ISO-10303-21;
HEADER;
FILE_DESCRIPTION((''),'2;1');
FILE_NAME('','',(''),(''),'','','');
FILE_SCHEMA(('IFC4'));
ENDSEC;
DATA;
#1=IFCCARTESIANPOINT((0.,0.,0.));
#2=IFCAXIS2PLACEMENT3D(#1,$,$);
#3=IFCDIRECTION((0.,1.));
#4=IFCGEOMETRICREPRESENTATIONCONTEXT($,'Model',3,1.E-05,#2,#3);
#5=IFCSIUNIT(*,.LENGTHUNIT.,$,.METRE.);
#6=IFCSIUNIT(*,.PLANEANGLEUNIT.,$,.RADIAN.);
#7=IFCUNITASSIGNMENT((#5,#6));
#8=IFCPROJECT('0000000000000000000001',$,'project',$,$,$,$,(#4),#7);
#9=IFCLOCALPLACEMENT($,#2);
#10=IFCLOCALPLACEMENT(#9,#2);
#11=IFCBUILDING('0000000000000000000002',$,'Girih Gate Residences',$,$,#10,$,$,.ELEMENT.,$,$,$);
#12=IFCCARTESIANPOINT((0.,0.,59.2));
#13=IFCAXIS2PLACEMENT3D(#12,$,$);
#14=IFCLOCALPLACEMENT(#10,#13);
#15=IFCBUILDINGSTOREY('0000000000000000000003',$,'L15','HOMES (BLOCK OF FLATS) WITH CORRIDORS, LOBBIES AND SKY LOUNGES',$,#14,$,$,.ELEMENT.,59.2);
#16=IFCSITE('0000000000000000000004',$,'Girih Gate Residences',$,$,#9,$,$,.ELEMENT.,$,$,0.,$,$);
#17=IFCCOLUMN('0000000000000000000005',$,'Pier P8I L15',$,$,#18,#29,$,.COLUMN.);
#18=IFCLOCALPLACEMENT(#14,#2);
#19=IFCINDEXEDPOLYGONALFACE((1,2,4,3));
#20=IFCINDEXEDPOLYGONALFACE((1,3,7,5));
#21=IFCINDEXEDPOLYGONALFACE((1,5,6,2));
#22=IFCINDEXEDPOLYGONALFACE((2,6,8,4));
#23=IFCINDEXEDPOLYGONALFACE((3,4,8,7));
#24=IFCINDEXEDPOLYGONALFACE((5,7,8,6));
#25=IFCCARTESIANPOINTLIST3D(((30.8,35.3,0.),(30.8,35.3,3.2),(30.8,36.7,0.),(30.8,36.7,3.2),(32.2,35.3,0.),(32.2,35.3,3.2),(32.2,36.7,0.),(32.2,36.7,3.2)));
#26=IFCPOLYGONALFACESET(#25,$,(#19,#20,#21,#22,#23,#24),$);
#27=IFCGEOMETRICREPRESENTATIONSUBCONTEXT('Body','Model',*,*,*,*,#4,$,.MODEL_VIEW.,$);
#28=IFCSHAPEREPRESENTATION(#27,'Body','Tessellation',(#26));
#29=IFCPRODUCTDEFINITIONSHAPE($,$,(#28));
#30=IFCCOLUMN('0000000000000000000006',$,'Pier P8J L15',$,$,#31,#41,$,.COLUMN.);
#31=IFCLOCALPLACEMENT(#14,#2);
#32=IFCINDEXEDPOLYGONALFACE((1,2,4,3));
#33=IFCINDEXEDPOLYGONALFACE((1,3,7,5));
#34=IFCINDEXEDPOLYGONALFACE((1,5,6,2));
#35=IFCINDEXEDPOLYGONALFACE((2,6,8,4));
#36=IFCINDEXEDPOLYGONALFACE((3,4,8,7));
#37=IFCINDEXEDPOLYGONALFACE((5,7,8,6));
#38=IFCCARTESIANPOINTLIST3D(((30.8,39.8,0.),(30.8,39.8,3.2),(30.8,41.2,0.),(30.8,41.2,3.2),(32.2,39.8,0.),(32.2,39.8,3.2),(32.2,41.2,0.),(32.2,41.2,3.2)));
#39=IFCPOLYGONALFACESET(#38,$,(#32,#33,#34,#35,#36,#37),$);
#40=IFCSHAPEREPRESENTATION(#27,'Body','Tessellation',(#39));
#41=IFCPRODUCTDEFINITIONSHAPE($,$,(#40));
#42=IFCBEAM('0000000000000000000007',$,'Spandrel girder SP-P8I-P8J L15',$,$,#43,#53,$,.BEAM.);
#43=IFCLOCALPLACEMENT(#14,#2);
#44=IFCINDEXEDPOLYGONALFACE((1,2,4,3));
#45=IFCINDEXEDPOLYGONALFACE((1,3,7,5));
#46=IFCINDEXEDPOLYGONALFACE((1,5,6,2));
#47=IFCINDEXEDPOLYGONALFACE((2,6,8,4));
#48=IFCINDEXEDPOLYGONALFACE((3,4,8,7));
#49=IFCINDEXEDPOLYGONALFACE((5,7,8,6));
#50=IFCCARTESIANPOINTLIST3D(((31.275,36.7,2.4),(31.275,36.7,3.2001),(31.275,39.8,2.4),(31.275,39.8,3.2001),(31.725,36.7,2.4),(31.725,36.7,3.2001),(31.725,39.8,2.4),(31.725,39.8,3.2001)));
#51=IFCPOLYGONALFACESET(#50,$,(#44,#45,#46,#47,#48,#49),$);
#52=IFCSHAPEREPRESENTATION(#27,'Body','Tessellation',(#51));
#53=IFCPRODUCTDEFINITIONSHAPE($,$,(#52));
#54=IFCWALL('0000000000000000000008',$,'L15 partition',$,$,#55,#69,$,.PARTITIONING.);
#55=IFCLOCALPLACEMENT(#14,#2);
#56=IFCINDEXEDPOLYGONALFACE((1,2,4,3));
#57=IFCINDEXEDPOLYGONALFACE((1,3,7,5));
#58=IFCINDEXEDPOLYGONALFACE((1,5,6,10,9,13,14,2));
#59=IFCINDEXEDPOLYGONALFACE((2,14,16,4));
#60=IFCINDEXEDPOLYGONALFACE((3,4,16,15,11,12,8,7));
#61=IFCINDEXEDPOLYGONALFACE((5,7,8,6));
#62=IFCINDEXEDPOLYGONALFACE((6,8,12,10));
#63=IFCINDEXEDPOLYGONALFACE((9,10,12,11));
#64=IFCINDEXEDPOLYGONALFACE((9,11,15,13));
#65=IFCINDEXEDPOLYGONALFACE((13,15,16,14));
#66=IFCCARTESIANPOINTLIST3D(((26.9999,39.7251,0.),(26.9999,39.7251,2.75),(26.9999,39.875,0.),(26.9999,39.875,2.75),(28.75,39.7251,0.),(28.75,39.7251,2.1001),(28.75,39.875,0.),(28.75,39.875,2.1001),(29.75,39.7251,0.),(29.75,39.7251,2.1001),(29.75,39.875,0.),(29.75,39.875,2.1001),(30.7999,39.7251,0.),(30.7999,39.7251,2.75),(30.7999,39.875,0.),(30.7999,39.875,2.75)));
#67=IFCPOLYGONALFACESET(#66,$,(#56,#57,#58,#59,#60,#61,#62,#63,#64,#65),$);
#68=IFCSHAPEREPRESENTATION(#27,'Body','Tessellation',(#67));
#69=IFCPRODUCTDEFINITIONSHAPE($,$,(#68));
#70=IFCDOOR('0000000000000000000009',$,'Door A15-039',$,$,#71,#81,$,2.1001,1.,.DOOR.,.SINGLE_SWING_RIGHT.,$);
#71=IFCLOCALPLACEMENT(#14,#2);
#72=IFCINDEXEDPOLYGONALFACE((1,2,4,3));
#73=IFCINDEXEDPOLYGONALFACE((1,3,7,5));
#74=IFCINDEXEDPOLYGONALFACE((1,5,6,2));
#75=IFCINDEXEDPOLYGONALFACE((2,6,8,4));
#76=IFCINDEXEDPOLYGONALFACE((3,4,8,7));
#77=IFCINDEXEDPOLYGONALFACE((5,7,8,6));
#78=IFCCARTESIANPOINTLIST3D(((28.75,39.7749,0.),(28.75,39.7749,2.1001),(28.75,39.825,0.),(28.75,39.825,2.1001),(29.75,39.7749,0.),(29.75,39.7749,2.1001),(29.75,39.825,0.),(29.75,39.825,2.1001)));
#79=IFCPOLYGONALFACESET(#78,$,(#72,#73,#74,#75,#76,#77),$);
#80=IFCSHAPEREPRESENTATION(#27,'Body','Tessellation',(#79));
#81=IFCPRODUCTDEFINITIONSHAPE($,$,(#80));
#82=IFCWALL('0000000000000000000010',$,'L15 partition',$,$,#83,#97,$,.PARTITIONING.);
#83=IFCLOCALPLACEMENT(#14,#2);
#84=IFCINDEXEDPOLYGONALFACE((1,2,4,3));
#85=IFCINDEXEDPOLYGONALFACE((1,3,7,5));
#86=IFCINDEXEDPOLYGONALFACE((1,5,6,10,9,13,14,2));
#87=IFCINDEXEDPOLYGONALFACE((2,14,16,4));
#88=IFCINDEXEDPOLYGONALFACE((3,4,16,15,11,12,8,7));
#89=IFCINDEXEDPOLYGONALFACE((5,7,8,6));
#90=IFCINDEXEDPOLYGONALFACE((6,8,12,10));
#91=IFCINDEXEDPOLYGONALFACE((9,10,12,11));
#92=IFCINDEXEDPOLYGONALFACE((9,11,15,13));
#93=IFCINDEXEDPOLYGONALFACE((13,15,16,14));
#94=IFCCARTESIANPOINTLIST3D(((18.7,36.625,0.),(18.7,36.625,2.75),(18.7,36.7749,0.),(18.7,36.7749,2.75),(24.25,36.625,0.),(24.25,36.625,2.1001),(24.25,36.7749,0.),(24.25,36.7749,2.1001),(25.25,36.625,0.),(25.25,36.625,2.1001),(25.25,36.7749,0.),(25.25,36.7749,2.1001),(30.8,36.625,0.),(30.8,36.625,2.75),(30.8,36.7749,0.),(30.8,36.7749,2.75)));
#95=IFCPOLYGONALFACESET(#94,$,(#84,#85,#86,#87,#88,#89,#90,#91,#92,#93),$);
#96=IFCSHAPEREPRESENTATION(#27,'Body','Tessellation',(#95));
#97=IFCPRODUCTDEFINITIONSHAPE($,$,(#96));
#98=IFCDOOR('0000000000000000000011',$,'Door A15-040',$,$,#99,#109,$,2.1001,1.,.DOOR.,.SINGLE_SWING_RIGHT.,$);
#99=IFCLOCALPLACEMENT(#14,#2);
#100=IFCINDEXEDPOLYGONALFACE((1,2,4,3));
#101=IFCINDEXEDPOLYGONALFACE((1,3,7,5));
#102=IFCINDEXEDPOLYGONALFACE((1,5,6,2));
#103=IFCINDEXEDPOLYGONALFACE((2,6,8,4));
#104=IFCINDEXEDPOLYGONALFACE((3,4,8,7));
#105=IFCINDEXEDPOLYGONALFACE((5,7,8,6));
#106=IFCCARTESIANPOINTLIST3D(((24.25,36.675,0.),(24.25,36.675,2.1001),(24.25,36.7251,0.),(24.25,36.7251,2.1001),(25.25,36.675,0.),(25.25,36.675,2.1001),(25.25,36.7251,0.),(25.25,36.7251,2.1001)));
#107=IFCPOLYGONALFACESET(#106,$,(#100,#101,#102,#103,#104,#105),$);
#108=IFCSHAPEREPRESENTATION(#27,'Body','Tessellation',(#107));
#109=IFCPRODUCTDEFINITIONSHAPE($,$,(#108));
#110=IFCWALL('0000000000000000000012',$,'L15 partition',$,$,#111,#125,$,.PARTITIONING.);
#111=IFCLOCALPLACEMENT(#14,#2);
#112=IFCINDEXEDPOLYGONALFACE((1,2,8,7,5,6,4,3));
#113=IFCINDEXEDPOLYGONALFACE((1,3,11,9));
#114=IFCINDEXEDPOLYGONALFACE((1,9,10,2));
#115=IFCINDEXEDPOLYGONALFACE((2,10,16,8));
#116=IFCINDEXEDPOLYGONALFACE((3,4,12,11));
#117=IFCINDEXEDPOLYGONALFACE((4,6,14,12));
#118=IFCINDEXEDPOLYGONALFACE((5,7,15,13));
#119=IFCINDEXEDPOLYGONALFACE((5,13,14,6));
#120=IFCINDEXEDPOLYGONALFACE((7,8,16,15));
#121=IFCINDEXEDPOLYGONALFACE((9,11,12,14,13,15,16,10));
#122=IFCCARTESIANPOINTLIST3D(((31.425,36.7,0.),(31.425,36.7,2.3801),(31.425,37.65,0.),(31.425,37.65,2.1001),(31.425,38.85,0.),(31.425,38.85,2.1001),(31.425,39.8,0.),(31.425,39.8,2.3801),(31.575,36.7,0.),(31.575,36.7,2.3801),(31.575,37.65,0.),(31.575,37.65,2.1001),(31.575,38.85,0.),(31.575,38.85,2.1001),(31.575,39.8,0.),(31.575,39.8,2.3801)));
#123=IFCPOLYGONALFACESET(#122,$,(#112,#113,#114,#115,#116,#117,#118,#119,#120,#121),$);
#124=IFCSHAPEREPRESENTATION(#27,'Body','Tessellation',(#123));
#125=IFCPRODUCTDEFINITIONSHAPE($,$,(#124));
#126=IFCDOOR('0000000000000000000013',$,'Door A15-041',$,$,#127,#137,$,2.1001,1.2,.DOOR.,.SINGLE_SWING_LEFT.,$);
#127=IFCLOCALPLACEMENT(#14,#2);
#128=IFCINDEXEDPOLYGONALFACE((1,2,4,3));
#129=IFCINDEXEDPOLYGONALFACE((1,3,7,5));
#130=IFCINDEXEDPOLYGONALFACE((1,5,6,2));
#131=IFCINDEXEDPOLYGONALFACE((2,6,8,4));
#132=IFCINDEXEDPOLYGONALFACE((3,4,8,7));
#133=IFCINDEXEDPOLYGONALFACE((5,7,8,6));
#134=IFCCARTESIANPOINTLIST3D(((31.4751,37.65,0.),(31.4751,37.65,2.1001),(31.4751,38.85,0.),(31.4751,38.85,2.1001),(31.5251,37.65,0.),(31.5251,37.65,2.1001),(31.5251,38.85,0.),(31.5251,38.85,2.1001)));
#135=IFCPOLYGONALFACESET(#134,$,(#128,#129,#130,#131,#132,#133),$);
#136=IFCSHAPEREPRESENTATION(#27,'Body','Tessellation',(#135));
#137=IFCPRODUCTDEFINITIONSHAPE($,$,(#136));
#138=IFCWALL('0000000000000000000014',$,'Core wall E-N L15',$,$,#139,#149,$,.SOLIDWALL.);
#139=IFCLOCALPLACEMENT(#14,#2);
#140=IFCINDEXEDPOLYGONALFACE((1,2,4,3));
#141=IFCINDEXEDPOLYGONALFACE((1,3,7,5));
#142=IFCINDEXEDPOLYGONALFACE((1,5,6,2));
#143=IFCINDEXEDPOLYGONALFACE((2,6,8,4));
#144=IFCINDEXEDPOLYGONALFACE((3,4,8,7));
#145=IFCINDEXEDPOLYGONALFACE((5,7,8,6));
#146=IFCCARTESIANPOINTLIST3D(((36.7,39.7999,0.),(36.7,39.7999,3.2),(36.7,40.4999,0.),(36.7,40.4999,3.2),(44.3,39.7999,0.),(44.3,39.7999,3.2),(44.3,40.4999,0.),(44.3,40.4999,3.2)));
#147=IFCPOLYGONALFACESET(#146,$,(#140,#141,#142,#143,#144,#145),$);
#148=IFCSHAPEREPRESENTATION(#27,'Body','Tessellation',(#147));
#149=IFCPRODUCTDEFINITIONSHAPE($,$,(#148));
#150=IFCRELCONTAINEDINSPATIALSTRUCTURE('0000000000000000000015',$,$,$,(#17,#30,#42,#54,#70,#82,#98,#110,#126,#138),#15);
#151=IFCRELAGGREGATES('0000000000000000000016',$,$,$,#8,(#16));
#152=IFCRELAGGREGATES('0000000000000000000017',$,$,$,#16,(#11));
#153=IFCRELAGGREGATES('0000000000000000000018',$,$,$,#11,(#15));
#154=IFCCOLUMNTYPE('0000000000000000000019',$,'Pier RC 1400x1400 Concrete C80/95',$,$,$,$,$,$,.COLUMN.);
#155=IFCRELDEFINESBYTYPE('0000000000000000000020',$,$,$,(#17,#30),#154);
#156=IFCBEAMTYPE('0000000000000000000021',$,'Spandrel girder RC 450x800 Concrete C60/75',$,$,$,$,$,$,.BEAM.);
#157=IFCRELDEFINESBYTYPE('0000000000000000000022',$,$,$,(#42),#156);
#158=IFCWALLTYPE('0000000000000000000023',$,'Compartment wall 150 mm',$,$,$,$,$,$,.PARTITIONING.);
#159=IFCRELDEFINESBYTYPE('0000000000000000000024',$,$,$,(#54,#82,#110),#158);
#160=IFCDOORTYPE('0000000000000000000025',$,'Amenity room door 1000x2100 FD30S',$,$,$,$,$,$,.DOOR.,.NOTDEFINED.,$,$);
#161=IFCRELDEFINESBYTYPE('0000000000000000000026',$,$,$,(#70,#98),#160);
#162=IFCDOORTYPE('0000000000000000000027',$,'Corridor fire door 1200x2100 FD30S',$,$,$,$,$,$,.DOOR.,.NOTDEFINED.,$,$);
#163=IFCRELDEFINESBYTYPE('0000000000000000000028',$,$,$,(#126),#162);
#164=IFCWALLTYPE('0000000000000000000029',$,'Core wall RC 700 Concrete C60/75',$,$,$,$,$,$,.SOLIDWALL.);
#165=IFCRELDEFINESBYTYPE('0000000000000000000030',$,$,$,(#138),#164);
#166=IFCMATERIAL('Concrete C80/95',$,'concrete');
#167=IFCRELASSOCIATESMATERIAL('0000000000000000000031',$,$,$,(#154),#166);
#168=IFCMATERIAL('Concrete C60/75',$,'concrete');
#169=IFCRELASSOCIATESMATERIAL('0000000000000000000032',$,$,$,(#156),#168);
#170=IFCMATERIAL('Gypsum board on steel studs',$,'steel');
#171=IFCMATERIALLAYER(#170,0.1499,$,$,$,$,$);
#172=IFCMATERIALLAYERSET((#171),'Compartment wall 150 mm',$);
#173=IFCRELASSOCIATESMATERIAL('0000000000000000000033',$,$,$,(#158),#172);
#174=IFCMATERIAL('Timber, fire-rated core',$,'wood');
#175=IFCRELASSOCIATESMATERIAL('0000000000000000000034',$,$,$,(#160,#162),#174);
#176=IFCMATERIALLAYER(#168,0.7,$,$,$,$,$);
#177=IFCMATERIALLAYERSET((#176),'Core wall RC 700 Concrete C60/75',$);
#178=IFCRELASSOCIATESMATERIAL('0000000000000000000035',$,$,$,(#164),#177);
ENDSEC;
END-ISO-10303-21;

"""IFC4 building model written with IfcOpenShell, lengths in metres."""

from ifc_helpers import new_model, si_unit, direction, frame, frame_2d, origin, origin_2d, place, context, subcontext, project, spatial, rectangle, extrude, material, layer, layer_set, material_profile, profile_set, type_object, element, fill, save


model = new_model("IFC4")

# Units and contexts
model_context = context("Model", 3, precision=1e-05, world=origin(), true_north=direction((0.0, 1.0)))
body_context = subcontext(model_context, "Body", "Model", "MODEL_VIEW")
ifc_project = project(units=[si_unit("LENGTHUNIT", "METRE"), si_unit("PLANEANGLEUNIT", "RADIAN")], contexts=[model_context])

# Site, building, storey
site_placement = place(None, origin())
site = spatial("IfcSite", under=ifc_project, at=site_placement, Name="Girih Gate Residences", CompositionType="ELEMENT", RefElevation=0.0)
building_placement = place(site_placement, origin())
building = spatial("IfcBuilding", under=site, at=building_placement, Name="Girih Gate Residences", CompositionType="ELEMENT")
storey_placement = place(building_placement, frame((0.0, 0.0, 59.2)))
storey = spatial("IfcBuildingStorey", under=building, at=storey_placement, Name="L15", Description="HOMES (BLOCK OF FLATS) WITH CORRIDORS, LOBBIES AND SKY LOUNGES", CompositionType="ELEMENT", Elevation=59.2)

# Columns
ifc_material_1 = material(Name="Concrete C80/95", Category="concrete")
ifc_material_profile_1 = material_profile(ifc_material_1, rectangle(XDim=1.3999, YDim=1.3999, at=origin_2d()))
ifc_profile_set_1 = profile_set([ifc_material_profile_1], Name="Concrete C80/95")
column_type = type_object("IfcColumnType", Name="Pier RC 1400x1400 Concrete C80/95", PredefinedType="COLUMN", material=ifc_profile_set_1)
for number, where, z_axis, x_axis, name in (
    (1, (31.5, 36.0, 0.0), (0.0, 0.0, 1.0), (1.0, 0.0, 0.0), "Pier P8I L15"),
    (2, (31.5, 40.5, 0.0), (0.0, 0.0, 1.0), (1.0, 0.0, 0.0), "Pier P8J L15"),
):
    element("IfcColumn", number, at=place(storey_placement, frame(where, z_axis=z_axis, x_axis=x_axis)), inside=storey, type_object=column_type, Name=name, PredefinedType="COLUMN", context=body_context, shape_type="SweptSolid", body=[
        extrude(rectangle(XDim=1.3999, YDim=1.3999, at=origin_2d()), origin(), (0.0, 0.0, 1.0), 3.2),
    ])

# Beam
ifc_material_2 = material(Name="Concrete C60/75", Category="concrete")
ifc_material_profile_2 = material_profile(ifc_material_2, rectangle(XDim=0.45, YDim=0.8, at=origin_2d()))
ifc_profile_set_2 = profile_set([ifc_material_profile_2], Name="Concrete C60/75")
beam_type = type_object("IfcBeamType", Name="Spandrel girder RC 450x800 Concrete C60/75", PredefinedType="BEAM", material=ifc_profile_set_2)
beam_placement = place(storey_placement, frame((31.5, 36.7, 2.8), z_axis=(0.0, 1.0, 0.0), x_axis=(-1.0, 0.0, 0.0)))
element("IfcBeam", 3, at=beam_placement, inside=storey, type_object=beam_type, Name="Spandrel girder SP-P8I-P8J L15", PredefinedType="BEAM", context=body_context, shape_type="SweptSolid", body=[
    extrude(rectangle(XDim=0.45, YDim=0.8, at=origin_2d()), origin(), (0.0, 0.0, 1.0), 3.1001),
])

# Walls, openings, doors
ifc_material_3 = material(Name="Gypsum board on steel studs", Category="steel")
ifc_layer_1 = layer(ifc_material_3, 0.1499)
ifc_layer_set_1 = layer_set([ifc_layer_1], Name="Compartment wall 150 mm")
wall_type_1 = type_object("IfcWallType", Name="Compartment wall 150 mm", PredefinedType="PARTITIONING", material=ifc_layer_set_1)
wall_1_placement = place(storey_placement, frame((27.0, 39.8, 0.0), z_axis=(0.0, 0.0, 1.0), x_axis=(1.0, 0.0, 0.0)))
wall_1 = element("IfcWall", 4, at=wall_1_placement, inside=storey, type_object=wall_type_1, Name="L15 partition", PredefinedType="PARTITIONING", context=body_context, shape_type="SweptSolid", body=[
    extrude(rectangle(XDim=3.8, YDim=0.1499, at=frame_2d((1.8999, 0.0))), origin(), (0.0, 0.0, 1.0), 2.75),
])
opening_1_placement = place(wall_1_placement, frame((1.75, 0.0, 0.0)))
opening_1 = element("IfcOpeningElement", 5, at=opening_1_placement, cuts=wall_1, PredefinedType="OPENING", context=body_context, shape_type="SweptSolid", body=[
    extrude(rectangle(XDim=1.0, YDim=2.1001, at=frame_2d((0.5, 1.05))), frame((0.0, 0.085, 0.0), z_axis=(0.0, -1.0, 0.0), x_axis=(1.0, 0.0, 0.0)), (0.0, 0.0, 1.0), 0.1699),
])
ifc_material_4 = material(Name="Timber, fire-rated core", Category="wood")
door_type_1 = type_object("IfcDoorType", Name="Amenity room door 1000x2100 FD30S", OperationType="NOTDEFINED", PredefinedType="DOOR", material=ifc_material_4)
door_1_placement = place(opening_1_placement, origin())
door_1 = element("IfcDoor", 6, at=door_1_placement, inside=storey, type_object=door_type_1, Name="Door A15-039", OperationType="SINGLE_SWING_RIGHT", OverallHeight=2.1001, OverallWidth=1.0, PredefinedType="DOOR", context=body_context, shape_type="SweptSolid", body=[
    extrude(rectangle(XDim=1.0, YDim=2.1001, at=frame_2d((0.5, 1.05))), frame((0.0, 0.0249, 0.0), z_axis=(0.0, -1.0, 0.0), x_axis=(1.0, 0.0, 0.0)), (0.0, 0.0, 1.0), 0.05),
])
fill(opening_1, door_1)
wall_2_placement = place(storey_placement, frame((30.8, 36.7, 0.0), z_axis=(0.0, 0.0, 1.0), x_axis=(-1.0, 0.0, 0.0)))
wall_2 = element("IfcWall", 7, at=wall_2_placement, inside=storey, type_object=wall_type_1, Name="L15 partition", PredefinedType="PARTITIONING", context=body_context, shape_type="SweptSolid", body=[
    extrude(rectangle(XDim=12.1001, YDim=0.1499, at=frame_2d((6.05, 0.0))), origin(), (0.0, 0.0, 1.0), 2.75),
])
opening_2_placement = place(wall_2_placement, frame((5.55, 0.0, 0.0)))
opening_2 = element("IfcOpeningElement", 8, at=opening_2_placement, cuts=wall_2, PredefinedType="OPENING", context=body_context, shape_type="SweptSolid", body=[
    extrude(rectangle(XDim=1.0, YDim=2.1001, at=frame_2d((0.5, 1.05))), frame((0.0, 0.085, 0.0), z_axis=(0.0, -1.0, 0.0), x_axis=(1.0, 0.0, 0.0)), (0.0, 0.0, 1.0), 0.1699),
])
door_2_placement = place(opening_2_placement, origin())
door_2 = element("IfcDoor", 9, at=door_2_placement, inside=storey, type_object=door_type_1, Name="Door A15-040", OperationType="SINGLE_SWING_RIGHT", OverallHeight=2.1001, OverallWidth=1.0, PredefinedType="DOOR", context=body_context, shape_type="SweptSolid", body=[
    extrude(rectangle(XDim=1.0, YDim=2.1001, at=frame_2d((0.5, 1.05))), frame((0.0, 0.0249, 0.0), z_axis=(0.0, -1.0, 0.0), x_axis=(1.0, 0.0, 0.0)), (0.0, 0.0, 1.0), 0.05),
])
fill(opening_2, door_2)
wall_3_placement = place(storey_placement, frame((31.5, 36.7, 0.0), z_axis=(0.0, 0.0, 1.0), x_axis=(0.0, 1.0, 0.0)))
wall_3 = element("IfcWall", 10, at=wall_3_placement, inside=storey, type_object=wall_type_1, Name="L15 partition", PredefinedType="PARTITIONING", context=body_context, shape_type="SweptSolid", body=[
    extrude(rectangle(XDim=3.1001, YDim=0.1499, at=frame_2d((1.55, 0.0))), origin(), (0.0, 0.0, 1.0), 2.3801),
])
opening_3_placement = place(wall_3_placement, frame((0.95, 0.0, 0.0)))
opening_3 = element("IfcOpeningElement", 11, at=opening_3_placement, cuts=wall_3, PredefinedType="OPENING", context=body_context, shape_type="SweptSolid", body=[
    extrude(rectangle(XDim=1.2, YDim=2.1001, at=frame_2d((0.6001, 1.05))), frame((0.0, 0.085, 0.0), z_axis=(0.0, -1.0, 0.0), x_axis=(1.0, 0.0, 0.0)), (0.0, 0.0, 1.0), 0.1699),
])
door_type_2 = type_object("IfcDoorType", Name="Corridor fire door 1200x2100 FD30S", OperationType="NOTDEFINED", PredefinedType="DOOR", material=ifc_material_4)
door_3_placement = place(opening_3_placement, origin())
door_3 = element("IfcDoor", 12, at=door_3_placement, inside=storey, type_object=door_type_2, Name="Door A15-041", OperationType="SINGLE_SWING_LEFT", OverallHeight=2.1001, OverallWidth=1.2, PredefinedType="DOOR", context=body_context, shape_type="SweptSolid", body=[
    extrude(rectangle(XDim=1.2, YDim=2.1001, at=frame_2d((0.6001, 1.05))), frame((0.0, 0.0249, 0.0), z_axis=(0.0, -1.0, 0.0), x_axis=(1.0, 0.0, 0.0)), (0.0, 0.0, 1.0), 0.05),
])
fill(opening_3, door_3)

# Wall
ifc_layer_2 = layer(ifc_material_2, 0.7)
ifc_layer_set_2 = layer_set([ifc_layer_2], Name="Core wall RC 700 Concrete C60/75")
wall_type_2 = type_object("IfcWallType", Name="Core wall RC 700 Concrete C60/75", PredefinedType="SOLIDWALL", material=ifc_layer_set_2)
wall_4_placement = place(storey_placement, frame((36.7, 40.1499, 0.0), z_axis=(0.0, 0.0, 1.0), x_axis=(1.0, 0.0, 0.0)))
element("IfcWall", 13, at=wall_4_placement, inside=storey, type_object=wall_type_2, Name="Core wall E-N L15", PredefinedType="SOLIDWALL", context=body_context, shape_type="SweptSolid", body=[
    extrude(rectangle(XDim=7.6001, YDim=0.7, at=frame_2d((3.8, 0.0))), origin(), (0.0, 0.0, 1.0), 3.2),
])

save(model, "model.ifc")
